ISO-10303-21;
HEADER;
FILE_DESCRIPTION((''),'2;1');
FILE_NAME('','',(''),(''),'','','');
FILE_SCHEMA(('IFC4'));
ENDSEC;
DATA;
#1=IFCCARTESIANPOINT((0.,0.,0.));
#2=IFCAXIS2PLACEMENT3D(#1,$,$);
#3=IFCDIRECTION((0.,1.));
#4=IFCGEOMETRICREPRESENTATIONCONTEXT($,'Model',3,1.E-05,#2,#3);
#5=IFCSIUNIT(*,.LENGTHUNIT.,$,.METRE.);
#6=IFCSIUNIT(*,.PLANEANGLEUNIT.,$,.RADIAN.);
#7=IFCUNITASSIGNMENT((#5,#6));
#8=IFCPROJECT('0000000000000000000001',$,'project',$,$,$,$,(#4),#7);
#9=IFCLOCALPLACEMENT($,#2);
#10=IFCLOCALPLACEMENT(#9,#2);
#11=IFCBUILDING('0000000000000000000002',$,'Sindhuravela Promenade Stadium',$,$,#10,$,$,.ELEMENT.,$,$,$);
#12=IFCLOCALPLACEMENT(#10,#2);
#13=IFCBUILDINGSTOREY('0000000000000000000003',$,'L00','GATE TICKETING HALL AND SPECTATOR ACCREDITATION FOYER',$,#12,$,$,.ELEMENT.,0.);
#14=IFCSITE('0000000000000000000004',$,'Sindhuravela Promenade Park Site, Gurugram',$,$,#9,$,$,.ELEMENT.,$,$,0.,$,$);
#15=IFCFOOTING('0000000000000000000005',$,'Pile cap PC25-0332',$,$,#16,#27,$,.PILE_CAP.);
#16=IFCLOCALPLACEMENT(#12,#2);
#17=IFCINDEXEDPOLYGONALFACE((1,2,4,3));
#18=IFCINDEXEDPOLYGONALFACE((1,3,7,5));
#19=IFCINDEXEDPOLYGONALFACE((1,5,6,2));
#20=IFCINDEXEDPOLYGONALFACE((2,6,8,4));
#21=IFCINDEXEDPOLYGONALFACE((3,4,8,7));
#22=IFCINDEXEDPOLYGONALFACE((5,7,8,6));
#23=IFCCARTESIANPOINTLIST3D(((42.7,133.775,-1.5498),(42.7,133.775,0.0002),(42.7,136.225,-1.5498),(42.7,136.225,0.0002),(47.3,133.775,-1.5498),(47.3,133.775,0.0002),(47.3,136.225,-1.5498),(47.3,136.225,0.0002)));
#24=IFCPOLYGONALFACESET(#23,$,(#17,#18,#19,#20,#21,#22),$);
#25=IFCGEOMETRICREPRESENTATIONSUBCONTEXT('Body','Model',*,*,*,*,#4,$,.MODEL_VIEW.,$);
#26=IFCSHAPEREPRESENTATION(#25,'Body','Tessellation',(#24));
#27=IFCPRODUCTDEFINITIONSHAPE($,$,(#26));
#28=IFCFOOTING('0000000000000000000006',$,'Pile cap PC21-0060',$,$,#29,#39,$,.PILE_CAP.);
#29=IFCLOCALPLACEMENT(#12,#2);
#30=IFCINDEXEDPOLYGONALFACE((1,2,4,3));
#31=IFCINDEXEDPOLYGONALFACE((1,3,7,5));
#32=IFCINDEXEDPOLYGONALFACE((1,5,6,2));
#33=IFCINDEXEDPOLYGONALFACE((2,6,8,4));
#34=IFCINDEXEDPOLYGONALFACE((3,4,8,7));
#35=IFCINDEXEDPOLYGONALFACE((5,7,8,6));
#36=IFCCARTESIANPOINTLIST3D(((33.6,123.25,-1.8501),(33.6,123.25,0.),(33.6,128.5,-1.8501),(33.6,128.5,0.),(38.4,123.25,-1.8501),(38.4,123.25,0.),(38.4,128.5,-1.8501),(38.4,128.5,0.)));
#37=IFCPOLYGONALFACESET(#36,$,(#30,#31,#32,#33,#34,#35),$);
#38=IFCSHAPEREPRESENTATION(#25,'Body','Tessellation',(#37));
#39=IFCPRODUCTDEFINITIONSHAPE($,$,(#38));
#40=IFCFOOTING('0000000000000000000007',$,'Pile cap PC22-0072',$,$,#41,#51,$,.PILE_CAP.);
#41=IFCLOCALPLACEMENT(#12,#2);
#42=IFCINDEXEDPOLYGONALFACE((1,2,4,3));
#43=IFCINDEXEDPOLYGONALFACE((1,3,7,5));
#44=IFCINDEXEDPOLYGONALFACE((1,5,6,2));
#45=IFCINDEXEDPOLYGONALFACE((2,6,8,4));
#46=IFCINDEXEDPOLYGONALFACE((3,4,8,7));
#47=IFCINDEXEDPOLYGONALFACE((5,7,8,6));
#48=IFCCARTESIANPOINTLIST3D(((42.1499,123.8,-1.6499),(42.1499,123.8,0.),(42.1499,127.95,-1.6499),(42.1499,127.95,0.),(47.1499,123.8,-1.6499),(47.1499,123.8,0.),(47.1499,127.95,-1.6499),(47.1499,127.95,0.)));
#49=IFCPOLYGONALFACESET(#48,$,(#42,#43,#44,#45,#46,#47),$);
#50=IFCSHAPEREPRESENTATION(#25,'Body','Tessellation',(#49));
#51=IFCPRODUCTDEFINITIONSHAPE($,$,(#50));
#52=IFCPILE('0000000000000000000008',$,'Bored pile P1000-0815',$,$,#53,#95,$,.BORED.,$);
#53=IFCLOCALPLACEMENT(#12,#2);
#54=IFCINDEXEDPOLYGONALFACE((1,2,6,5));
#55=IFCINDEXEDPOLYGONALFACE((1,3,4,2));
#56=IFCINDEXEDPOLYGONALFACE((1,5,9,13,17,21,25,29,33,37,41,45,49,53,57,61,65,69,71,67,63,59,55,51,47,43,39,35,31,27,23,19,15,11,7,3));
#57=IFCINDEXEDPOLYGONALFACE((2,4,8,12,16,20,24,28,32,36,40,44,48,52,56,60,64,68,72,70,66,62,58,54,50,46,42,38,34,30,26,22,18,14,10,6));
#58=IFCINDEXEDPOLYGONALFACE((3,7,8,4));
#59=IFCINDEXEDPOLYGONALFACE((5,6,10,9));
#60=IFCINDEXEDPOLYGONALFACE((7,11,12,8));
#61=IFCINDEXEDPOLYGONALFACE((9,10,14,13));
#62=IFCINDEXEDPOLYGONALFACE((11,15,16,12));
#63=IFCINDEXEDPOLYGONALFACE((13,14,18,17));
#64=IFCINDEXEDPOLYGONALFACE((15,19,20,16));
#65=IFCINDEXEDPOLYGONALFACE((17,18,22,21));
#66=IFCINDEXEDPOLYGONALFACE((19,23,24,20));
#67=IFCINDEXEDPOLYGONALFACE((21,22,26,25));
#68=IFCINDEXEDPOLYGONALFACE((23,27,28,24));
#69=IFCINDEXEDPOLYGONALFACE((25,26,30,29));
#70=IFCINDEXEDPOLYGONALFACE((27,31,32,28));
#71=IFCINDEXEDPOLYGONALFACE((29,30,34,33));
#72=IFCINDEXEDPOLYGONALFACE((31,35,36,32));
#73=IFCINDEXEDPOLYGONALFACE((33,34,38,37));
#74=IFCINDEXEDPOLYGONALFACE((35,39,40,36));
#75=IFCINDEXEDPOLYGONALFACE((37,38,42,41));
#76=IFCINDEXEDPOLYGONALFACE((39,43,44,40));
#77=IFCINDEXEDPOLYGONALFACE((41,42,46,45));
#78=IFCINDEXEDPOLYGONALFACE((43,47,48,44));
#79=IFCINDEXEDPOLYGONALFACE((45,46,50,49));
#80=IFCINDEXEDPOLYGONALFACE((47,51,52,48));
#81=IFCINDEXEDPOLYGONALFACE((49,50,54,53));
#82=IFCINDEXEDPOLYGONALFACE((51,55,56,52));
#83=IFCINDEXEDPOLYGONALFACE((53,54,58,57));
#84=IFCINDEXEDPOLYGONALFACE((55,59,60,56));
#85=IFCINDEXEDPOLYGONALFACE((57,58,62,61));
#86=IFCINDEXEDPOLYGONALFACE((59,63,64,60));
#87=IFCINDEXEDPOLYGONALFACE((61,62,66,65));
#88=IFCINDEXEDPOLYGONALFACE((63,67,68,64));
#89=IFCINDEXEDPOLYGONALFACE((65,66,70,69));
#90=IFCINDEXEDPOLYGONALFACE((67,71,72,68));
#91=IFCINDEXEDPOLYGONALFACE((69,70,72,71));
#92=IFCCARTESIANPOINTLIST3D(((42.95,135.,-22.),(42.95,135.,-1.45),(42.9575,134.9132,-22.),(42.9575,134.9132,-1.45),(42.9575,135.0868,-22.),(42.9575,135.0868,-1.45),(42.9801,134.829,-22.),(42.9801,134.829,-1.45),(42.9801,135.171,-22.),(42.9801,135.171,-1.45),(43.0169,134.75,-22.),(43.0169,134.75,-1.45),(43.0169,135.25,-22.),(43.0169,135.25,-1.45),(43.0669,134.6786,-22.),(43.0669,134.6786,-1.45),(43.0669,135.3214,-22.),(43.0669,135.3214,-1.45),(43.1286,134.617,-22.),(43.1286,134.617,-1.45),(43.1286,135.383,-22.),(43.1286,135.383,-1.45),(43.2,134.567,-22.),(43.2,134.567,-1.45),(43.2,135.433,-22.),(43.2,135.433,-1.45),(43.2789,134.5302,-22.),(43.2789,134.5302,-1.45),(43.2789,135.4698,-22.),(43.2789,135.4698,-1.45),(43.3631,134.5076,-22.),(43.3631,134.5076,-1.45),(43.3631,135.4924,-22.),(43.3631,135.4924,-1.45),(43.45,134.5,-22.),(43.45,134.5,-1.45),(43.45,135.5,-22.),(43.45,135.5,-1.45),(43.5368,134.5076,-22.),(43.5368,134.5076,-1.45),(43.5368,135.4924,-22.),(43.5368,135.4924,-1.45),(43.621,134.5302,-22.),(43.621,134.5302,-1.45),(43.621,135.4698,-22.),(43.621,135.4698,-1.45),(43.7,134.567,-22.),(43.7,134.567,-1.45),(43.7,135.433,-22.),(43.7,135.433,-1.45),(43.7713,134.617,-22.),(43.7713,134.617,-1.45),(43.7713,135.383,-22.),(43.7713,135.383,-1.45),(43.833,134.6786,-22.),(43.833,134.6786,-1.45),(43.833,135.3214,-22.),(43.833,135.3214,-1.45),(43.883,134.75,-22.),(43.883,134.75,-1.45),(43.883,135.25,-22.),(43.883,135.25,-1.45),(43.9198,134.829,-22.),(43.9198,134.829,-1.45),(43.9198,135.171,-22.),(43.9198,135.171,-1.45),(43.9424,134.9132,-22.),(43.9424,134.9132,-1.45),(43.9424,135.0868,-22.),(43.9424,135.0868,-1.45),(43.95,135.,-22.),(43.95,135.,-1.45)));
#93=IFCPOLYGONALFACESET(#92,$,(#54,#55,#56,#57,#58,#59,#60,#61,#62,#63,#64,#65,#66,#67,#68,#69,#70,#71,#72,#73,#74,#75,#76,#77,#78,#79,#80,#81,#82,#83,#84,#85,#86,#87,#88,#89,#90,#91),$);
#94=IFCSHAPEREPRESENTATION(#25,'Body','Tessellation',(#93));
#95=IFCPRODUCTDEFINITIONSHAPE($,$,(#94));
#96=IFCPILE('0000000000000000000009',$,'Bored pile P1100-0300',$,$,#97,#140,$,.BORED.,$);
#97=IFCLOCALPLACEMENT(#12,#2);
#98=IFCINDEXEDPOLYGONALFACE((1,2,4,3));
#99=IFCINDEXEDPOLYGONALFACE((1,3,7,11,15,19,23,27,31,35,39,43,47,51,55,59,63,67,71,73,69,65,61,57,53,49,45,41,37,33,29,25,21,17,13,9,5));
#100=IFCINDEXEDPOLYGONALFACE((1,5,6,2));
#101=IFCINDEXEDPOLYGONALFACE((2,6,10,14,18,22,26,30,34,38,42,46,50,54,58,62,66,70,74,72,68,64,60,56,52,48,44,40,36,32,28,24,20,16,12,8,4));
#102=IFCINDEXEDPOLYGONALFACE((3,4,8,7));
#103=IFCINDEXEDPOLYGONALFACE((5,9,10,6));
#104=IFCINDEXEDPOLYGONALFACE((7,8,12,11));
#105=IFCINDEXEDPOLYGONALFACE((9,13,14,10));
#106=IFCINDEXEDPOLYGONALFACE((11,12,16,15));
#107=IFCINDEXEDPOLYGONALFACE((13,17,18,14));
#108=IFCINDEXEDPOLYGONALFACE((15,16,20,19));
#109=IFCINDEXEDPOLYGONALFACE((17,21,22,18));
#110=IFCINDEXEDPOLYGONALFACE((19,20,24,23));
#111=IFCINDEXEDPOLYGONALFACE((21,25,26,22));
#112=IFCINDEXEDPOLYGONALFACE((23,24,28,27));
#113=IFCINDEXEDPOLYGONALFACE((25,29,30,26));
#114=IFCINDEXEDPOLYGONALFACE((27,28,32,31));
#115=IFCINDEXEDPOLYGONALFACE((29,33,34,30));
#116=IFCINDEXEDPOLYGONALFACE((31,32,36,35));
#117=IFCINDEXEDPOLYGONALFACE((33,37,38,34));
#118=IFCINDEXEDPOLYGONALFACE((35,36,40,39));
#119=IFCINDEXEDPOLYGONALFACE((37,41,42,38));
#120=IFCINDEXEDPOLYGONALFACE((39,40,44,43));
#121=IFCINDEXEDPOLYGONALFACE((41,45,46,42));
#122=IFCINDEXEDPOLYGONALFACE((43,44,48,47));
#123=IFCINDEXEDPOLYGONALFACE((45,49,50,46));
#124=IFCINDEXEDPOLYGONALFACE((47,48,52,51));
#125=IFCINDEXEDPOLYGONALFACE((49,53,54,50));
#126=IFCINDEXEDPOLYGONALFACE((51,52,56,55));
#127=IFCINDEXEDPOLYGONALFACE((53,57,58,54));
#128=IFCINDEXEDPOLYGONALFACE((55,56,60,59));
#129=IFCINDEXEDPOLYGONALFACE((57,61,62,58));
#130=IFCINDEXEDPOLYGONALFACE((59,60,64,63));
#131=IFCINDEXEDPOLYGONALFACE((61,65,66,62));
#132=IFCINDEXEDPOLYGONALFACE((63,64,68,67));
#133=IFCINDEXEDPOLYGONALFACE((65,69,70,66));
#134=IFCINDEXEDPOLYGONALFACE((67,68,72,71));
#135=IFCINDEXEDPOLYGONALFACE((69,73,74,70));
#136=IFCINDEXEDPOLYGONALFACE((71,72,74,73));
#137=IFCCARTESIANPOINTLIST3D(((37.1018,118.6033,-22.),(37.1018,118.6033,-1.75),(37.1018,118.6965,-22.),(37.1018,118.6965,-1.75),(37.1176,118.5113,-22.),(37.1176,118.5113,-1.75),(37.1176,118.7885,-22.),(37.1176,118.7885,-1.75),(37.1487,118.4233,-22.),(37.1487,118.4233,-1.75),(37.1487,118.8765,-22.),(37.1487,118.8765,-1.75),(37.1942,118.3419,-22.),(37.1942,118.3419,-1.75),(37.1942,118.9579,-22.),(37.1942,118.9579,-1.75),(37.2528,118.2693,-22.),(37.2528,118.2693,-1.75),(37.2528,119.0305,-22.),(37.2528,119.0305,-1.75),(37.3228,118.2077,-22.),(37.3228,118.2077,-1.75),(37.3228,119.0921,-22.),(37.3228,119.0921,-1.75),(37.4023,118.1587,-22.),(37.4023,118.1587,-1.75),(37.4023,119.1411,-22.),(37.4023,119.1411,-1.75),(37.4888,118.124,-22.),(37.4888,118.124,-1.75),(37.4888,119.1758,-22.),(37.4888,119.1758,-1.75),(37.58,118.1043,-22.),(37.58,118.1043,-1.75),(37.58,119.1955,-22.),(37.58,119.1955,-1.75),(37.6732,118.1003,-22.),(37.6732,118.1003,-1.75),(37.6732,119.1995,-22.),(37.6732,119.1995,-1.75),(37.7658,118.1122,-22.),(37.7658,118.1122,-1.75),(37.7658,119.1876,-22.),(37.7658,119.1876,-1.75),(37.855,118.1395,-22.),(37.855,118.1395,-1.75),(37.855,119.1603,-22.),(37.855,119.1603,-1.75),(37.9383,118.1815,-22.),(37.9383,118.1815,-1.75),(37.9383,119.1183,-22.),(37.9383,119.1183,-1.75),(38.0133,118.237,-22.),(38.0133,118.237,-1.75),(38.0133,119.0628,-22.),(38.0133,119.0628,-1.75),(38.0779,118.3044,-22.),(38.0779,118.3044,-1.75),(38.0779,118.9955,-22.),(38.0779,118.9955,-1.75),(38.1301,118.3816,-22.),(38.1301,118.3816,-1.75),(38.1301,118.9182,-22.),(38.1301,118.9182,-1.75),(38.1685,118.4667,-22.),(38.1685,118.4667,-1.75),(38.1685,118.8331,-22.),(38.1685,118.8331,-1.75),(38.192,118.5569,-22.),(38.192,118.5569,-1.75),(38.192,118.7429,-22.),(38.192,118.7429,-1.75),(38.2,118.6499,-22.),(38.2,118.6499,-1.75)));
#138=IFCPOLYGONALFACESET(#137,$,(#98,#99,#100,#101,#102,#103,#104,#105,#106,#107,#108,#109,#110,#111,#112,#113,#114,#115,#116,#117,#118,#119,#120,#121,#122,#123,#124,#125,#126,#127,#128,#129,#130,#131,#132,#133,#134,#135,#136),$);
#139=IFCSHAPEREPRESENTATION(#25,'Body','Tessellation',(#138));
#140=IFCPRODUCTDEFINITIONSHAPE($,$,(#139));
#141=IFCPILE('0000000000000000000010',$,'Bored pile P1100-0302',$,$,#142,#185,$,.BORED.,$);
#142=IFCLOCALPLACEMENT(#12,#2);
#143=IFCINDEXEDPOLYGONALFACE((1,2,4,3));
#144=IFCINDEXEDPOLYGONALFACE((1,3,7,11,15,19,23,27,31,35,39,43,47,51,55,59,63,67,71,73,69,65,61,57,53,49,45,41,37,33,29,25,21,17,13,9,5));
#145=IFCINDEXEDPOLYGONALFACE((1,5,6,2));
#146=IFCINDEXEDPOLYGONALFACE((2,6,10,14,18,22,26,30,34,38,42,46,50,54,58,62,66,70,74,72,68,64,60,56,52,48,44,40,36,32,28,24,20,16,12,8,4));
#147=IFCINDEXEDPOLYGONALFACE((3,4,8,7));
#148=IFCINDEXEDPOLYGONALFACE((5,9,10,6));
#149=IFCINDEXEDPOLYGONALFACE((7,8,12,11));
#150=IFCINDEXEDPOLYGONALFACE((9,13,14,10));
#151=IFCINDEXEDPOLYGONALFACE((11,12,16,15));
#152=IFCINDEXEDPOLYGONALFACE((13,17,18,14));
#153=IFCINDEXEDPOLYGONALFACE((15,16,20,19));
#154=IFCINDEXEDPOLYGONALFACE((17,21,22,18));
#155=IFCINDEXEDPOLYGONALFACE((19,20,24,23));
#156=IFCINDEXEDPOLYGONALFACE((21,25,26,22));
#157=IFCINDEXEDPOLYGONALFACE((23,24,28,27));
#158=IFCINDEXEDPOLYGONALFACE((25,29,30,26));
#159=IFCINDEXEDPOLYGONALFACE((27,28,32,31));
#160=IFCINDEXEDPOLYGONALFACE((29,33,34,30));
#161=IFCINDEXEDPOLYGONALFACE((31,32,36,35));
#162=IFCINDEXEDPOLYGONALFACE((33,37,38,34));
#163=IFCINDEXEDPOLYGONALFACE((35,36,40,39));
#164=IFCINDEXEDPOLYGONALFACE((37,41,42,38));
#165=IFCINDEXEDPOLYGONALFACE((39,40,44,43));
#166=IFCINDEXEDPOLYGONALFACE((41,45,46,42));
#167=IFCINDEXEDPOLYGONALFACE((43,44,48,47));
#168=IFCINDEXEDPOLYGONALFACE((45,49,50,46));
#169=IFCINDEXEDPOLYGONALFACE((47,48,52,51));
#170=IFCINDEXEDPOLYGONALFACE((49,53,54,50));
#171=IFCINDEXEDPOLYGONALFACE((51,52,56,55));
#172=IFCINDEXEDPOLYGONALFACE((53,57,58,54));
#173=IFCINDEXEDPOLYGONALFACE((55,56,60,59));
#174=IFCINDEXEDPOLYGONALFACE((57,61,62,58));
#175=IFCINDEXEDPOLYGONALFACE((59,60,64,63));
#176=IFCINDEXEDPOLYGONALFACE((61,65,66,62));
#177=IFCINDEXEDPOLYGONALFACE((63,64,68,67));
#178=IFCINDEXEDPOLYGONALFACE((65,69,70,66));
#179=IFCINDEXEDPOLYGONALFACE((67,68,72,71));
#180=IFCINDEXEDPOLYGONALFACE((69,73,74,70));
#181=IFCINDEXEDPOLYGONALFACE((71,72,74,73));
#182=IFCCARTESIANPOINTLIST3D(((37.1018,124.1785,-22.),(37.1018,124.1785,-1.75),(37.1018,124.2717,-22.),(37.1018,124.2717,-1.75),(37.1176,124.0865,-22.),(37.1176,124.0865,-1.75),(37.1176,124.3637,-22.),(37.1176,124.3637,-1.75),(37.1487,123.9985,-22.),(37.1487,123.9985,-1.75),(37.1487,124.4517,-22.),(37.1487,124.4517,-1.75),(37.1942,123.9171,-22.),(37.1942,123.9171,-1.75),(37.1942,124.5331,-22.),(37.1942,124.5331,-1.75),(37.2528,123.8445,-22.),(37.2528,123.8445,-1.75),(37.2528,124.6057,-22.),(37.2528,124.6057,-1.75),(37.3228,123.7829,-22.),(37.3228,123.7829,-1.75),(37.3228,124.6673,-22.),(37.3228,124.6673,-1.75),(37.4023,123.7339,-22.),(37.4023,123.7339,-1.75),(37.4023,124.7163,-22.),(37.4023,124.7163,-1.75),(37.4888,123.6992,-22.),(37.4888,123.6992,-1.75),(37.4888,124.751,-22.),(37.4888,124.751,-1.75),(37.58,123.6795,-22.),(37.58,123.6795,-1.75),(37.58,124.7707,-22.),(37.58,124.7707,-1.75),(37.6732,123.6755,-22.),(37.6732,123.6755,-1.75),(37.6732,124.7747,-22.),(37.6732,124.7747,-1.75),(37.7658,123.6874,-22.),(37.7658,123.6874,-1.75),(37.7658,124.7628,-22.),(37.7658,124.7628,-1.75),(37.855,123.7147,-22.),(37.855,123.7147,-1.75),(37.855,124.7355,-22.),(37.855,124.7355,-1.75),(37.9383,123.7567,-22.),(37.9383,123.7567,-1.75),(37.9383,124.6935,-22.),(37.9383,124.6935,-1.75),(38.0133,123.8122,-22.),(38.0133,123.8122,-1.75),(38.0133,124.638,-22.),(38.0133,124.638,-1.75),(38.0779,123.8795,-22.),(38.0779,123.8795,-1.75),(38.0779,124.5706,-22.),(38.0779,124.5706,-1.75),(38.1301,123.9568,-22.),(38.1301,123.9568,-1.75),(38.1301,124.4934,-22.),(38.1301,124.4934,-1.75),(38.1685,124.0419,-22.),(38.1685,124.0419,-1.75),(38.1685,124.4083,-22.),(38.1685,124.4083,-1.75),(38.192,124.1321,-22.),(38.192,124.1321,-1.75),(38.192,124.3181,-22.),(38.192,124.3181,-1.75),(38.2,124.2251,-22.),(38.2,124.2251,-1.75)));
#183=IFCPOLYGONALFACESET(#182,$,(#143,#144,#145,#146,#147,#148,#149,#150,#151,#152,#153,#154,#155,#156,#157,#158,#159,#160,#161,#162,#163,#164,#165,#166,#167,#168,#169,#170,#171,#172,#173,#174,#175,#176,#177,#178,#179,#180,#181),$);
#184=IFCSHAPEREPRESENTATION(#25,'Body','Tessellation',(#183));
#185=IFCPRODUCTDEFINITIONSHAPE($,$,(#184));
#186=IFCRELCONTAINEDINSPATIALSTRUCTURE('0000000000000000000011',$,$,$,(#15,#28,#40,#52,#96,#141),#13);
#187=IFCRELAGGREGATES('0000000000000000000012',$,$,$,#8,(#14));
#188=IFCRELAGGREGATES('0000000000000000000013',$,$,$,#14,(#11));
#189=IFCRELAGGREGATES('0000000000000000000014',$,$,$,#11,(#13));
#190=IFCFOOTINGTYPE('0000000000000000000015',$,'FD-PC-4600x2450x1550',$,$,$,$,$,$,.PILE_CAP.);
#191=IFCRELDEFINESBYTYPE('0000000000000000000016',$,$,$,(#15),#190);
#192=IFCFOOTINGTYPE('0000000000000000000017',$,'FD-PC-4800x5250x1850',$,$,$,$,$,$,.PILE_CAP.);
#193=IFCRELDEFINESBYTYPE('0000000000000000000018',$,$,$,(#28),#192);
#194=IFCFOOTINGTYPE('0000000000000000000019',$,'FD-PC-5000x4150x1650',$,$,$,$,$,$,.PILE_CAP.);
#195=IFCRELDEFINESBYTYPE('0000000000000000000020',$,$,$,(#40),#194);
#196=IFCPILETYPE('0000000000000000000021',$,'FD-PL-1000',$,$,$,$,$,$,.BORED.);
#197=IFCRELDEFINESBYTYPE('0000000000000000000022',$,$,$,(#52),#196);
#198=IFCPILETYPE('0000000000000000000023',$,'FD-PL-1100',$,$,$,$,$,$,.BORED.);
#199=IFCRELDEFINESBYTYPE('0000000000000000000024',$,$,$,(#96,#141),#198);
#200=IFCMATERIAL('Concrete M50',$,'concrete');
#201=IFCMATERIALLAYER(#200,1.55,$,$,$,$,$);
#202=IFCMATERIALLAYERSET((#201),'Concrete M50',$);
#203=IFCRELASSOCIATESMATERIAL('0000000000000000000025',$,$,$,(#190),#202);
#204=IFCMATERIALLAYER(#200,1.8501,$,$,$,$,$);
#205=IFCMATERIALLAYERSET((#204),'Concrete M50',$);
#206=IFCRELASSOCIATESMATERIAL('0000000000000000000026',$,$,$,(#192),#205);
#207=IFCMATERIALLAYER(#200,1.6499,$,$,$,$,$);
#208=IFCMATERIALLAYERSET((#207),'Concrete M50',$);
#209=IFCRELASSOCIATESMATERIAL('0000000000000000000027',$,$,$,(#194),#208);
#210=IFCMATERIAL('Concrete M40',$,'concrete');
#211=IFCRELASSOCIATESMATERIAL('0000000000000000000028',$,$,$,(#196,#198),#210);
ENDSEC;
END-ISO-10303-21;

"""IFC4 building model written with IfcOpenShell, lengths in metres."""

from ifc_helpers import new_model, si_unit, direction, frame, origin, origin_2d, place, context, subcontext, project, spatial, rectangle, circle, extrude, material, layer, layer_set, material_profile, profile_set, type_object, element, save


model = new_model("IFC4")

# Units and contexts
model_context = context("Model", 3, precision=1e-05, world=origin(), true_north=direction((0.0, 1.0)))
body_context = subcontext(model_context, "Body", "Model", "MODEL_VIEW")
ifc_project = project(units=[si_unit("LENGTHUNIT", "METRE"), si_unit("PLANEANGLEUNIT", "RADIAN")], contexts=[model_context])

# Site, building, storey
site_placement = place(None, origin())
site = spatial("IfcSite", under=ifc_project, at=site_placement, Name="Sindhuravela Promenade Park Site, Gurugram", CompositionType="ELEMENT", RefElevation=0.0)
building_placement = place(site_placement, origin())
building = spatial("IfcBuilding", under=site, at=building_placement, Name="Sindhuravela Promenade Stadium", CompositionType="ELEMENT")
storey_placement = place(building_placement, origin())
storey = spatial("IfcBuildingStorey", under=building, at=storey_placement, Name="L00", Description="GATE TICKETING HALL AND SPECTATOR ACCREDITATION FOYER", CompositionType="ELEMENT", Elevation=0.0)

# Footings
ifc_material_1 = material(Name="Concrete M50", Category="concrete")
ifc_layer_1 = layer(ifc_material_1, 1.55)
ifc_layer_set_1 = layer_set([ifc_layer_1], Name="Concrete M50")
footing_type_1 = type_object("IfcFootingType", Name="FD-PC-4600x2450x1550", PredefinedType="PILE_CAP", material=ifc_layer_set_1)
footing_1_placement = place(storey_placement, frame((45.0, 135.0, -1.5498), z_axis=(0.0, 0.0, 1.0), x_axis=(1.0, 0.0, 0.0)))
element("IfcFooting", 1, at=footing_1_placement, inside=storey, type_object=footing_type_1, Name="Pile cap PC25-0332", PredefinedType="PILE_CAP", context=body_context, shape_type="SweptSolid", body=[
    extrude(rectangle(XDim=4.6001, YDim=2.45, at=origin_2d()), origin(), (0.0, 0.0, 1.0), 1.55),
])
ifc_layer_2 = layer(ifc_material_1, 1.8501)
ifc_layer_set_2 = layer_set([ifc_layer_2], Name="Concrete M50")
footing_type_2 = type_object("IfcFootingType", Name="FD-PC-4800x5250x1850", PredefinedType="PILE_CAP", material=ifc_layer_set_2)
footing_2_placement = place(storey_placement, frame((36.0, 125.875, -1.8501), z_axis=(0.0, 0.0, 1.0), x_axis=(1.0, 0.0, 0.0)))
element("IfcFooting", 2, at=footing_2_placement, inside=storey, type_object=footing_type_2, Name="Pile cap PC21-0060", PredefinedType="PILE_CAP", context=body_context, shape_type="SweptSolid", body=[
    extrude(rectangle(XDim=4.8, YDim=5.25, at=origin_2d()), origin(), (0.0, 0.0, 1.0), 1.8501),
])
ifc_layer_3 = layer(ifc_material_1, 1.6499)
ifc_layer_set_3 = layer_set([ifc_layer_3], Name="Concrete M50")
footing_type_3 = type_object("IfcFootingType", Name="FD-PC-5000x4150x1650", PredefinedType="PILE_CAP", material=ifc_layer_set_3)
footing_3_placement = place(storey_placement, frame((44.6499, 125.875, -1.6499), z_axis=(0.0, 0.0, 1.0), x_axis=(1.0, 0.0, 0.0)))
element("IfcFooting", 3, at=footing_3_placement, inside=storey, type_object=footing_type_3, Name="Pile cap PC22-0072", PredefinedType="PILE_CAP", context=body_context, shape_type="SweptSolid", body=[
    extrude(rectangle(XDim=5.0, YDim=4.1499, at=origin_2d()), origin(), (0.0, 0.0, 1.0), 1.6499),
])

# Piles
ifc_material_2 = material(Name="Concrete M40", Category="concrete")
ifc_material_profile_1 = material_profile(ifc_material_2, circle(Radius=0.5, at=origin_2d()), Name="BORED PILE D1000")
ifc_profile_set_1 = profile_set([ifc_material_profile_1], Name="Concrete M40")
pile_type_1 = type_object("IfcPileType", Name="FD-PL-1000", PredefinedType="BORED", material=ifc_profile_set_1)
pile_placement = place(storey_placement, frame((43.45, 135.0, -1.45), z_axis=(0.0, 0.0, -1.0), x_axis=(1.0, 0.0, 0.0)))
element("IfcPile", 4, at=pile_placement, inside=storey, type_object=pile_type_1, Name="Bored pile P1000-0815", PredefinedType="BORED", context=body_context, shape_type="SweptSolid", body=[
    extrude(circle(Radius=0.5, at=origin_2d()), origin(), (0.0, 0.0, 1.0), 20.55),
])
ifc_material_profile_2 = material_profile(ifc_material_2, circle(Radius=0.55, at=origin_2d()), Name="BORED PILE D1100")
ifc_profile_set_2 = profile_set([ifc_material_profile_2], Name="Concrete M40")
pile_type_2 = type_object("IfcPileType", Name="FD-PL-1100", PredefinedType="BORED", material=ifc_profile_set_2)
for number, where, z_axis, x_axis, name in (
    (5, (37.6499, 118.6499, -1.75), (0.0, 0.0, -1.0), (1.0, 0.0, 0.0), "Bored pile P1100-0300"),
    (6, (37.6499, 124.2251, -1.75), (0.0, 0.0, -1.0), (1.0, 0.0, 0.0), "Bored pile P1100-0302"),
):
    element("IfcPile", number, at=place(storey_placement, frame(where, z_axis=z_axis, x_axis=x_axis)), inside=storey, type_object=pile_type_2, Name=name, PredefinedType="BORED", context=body_context, shape_type="SweptSolid", body=[
        extrude(circle(Radius=0.55, at=origin_2d()), origin(), (0.0, 0.0, 1.0), 20.25),
    ])

save(model, "model.ifc")
